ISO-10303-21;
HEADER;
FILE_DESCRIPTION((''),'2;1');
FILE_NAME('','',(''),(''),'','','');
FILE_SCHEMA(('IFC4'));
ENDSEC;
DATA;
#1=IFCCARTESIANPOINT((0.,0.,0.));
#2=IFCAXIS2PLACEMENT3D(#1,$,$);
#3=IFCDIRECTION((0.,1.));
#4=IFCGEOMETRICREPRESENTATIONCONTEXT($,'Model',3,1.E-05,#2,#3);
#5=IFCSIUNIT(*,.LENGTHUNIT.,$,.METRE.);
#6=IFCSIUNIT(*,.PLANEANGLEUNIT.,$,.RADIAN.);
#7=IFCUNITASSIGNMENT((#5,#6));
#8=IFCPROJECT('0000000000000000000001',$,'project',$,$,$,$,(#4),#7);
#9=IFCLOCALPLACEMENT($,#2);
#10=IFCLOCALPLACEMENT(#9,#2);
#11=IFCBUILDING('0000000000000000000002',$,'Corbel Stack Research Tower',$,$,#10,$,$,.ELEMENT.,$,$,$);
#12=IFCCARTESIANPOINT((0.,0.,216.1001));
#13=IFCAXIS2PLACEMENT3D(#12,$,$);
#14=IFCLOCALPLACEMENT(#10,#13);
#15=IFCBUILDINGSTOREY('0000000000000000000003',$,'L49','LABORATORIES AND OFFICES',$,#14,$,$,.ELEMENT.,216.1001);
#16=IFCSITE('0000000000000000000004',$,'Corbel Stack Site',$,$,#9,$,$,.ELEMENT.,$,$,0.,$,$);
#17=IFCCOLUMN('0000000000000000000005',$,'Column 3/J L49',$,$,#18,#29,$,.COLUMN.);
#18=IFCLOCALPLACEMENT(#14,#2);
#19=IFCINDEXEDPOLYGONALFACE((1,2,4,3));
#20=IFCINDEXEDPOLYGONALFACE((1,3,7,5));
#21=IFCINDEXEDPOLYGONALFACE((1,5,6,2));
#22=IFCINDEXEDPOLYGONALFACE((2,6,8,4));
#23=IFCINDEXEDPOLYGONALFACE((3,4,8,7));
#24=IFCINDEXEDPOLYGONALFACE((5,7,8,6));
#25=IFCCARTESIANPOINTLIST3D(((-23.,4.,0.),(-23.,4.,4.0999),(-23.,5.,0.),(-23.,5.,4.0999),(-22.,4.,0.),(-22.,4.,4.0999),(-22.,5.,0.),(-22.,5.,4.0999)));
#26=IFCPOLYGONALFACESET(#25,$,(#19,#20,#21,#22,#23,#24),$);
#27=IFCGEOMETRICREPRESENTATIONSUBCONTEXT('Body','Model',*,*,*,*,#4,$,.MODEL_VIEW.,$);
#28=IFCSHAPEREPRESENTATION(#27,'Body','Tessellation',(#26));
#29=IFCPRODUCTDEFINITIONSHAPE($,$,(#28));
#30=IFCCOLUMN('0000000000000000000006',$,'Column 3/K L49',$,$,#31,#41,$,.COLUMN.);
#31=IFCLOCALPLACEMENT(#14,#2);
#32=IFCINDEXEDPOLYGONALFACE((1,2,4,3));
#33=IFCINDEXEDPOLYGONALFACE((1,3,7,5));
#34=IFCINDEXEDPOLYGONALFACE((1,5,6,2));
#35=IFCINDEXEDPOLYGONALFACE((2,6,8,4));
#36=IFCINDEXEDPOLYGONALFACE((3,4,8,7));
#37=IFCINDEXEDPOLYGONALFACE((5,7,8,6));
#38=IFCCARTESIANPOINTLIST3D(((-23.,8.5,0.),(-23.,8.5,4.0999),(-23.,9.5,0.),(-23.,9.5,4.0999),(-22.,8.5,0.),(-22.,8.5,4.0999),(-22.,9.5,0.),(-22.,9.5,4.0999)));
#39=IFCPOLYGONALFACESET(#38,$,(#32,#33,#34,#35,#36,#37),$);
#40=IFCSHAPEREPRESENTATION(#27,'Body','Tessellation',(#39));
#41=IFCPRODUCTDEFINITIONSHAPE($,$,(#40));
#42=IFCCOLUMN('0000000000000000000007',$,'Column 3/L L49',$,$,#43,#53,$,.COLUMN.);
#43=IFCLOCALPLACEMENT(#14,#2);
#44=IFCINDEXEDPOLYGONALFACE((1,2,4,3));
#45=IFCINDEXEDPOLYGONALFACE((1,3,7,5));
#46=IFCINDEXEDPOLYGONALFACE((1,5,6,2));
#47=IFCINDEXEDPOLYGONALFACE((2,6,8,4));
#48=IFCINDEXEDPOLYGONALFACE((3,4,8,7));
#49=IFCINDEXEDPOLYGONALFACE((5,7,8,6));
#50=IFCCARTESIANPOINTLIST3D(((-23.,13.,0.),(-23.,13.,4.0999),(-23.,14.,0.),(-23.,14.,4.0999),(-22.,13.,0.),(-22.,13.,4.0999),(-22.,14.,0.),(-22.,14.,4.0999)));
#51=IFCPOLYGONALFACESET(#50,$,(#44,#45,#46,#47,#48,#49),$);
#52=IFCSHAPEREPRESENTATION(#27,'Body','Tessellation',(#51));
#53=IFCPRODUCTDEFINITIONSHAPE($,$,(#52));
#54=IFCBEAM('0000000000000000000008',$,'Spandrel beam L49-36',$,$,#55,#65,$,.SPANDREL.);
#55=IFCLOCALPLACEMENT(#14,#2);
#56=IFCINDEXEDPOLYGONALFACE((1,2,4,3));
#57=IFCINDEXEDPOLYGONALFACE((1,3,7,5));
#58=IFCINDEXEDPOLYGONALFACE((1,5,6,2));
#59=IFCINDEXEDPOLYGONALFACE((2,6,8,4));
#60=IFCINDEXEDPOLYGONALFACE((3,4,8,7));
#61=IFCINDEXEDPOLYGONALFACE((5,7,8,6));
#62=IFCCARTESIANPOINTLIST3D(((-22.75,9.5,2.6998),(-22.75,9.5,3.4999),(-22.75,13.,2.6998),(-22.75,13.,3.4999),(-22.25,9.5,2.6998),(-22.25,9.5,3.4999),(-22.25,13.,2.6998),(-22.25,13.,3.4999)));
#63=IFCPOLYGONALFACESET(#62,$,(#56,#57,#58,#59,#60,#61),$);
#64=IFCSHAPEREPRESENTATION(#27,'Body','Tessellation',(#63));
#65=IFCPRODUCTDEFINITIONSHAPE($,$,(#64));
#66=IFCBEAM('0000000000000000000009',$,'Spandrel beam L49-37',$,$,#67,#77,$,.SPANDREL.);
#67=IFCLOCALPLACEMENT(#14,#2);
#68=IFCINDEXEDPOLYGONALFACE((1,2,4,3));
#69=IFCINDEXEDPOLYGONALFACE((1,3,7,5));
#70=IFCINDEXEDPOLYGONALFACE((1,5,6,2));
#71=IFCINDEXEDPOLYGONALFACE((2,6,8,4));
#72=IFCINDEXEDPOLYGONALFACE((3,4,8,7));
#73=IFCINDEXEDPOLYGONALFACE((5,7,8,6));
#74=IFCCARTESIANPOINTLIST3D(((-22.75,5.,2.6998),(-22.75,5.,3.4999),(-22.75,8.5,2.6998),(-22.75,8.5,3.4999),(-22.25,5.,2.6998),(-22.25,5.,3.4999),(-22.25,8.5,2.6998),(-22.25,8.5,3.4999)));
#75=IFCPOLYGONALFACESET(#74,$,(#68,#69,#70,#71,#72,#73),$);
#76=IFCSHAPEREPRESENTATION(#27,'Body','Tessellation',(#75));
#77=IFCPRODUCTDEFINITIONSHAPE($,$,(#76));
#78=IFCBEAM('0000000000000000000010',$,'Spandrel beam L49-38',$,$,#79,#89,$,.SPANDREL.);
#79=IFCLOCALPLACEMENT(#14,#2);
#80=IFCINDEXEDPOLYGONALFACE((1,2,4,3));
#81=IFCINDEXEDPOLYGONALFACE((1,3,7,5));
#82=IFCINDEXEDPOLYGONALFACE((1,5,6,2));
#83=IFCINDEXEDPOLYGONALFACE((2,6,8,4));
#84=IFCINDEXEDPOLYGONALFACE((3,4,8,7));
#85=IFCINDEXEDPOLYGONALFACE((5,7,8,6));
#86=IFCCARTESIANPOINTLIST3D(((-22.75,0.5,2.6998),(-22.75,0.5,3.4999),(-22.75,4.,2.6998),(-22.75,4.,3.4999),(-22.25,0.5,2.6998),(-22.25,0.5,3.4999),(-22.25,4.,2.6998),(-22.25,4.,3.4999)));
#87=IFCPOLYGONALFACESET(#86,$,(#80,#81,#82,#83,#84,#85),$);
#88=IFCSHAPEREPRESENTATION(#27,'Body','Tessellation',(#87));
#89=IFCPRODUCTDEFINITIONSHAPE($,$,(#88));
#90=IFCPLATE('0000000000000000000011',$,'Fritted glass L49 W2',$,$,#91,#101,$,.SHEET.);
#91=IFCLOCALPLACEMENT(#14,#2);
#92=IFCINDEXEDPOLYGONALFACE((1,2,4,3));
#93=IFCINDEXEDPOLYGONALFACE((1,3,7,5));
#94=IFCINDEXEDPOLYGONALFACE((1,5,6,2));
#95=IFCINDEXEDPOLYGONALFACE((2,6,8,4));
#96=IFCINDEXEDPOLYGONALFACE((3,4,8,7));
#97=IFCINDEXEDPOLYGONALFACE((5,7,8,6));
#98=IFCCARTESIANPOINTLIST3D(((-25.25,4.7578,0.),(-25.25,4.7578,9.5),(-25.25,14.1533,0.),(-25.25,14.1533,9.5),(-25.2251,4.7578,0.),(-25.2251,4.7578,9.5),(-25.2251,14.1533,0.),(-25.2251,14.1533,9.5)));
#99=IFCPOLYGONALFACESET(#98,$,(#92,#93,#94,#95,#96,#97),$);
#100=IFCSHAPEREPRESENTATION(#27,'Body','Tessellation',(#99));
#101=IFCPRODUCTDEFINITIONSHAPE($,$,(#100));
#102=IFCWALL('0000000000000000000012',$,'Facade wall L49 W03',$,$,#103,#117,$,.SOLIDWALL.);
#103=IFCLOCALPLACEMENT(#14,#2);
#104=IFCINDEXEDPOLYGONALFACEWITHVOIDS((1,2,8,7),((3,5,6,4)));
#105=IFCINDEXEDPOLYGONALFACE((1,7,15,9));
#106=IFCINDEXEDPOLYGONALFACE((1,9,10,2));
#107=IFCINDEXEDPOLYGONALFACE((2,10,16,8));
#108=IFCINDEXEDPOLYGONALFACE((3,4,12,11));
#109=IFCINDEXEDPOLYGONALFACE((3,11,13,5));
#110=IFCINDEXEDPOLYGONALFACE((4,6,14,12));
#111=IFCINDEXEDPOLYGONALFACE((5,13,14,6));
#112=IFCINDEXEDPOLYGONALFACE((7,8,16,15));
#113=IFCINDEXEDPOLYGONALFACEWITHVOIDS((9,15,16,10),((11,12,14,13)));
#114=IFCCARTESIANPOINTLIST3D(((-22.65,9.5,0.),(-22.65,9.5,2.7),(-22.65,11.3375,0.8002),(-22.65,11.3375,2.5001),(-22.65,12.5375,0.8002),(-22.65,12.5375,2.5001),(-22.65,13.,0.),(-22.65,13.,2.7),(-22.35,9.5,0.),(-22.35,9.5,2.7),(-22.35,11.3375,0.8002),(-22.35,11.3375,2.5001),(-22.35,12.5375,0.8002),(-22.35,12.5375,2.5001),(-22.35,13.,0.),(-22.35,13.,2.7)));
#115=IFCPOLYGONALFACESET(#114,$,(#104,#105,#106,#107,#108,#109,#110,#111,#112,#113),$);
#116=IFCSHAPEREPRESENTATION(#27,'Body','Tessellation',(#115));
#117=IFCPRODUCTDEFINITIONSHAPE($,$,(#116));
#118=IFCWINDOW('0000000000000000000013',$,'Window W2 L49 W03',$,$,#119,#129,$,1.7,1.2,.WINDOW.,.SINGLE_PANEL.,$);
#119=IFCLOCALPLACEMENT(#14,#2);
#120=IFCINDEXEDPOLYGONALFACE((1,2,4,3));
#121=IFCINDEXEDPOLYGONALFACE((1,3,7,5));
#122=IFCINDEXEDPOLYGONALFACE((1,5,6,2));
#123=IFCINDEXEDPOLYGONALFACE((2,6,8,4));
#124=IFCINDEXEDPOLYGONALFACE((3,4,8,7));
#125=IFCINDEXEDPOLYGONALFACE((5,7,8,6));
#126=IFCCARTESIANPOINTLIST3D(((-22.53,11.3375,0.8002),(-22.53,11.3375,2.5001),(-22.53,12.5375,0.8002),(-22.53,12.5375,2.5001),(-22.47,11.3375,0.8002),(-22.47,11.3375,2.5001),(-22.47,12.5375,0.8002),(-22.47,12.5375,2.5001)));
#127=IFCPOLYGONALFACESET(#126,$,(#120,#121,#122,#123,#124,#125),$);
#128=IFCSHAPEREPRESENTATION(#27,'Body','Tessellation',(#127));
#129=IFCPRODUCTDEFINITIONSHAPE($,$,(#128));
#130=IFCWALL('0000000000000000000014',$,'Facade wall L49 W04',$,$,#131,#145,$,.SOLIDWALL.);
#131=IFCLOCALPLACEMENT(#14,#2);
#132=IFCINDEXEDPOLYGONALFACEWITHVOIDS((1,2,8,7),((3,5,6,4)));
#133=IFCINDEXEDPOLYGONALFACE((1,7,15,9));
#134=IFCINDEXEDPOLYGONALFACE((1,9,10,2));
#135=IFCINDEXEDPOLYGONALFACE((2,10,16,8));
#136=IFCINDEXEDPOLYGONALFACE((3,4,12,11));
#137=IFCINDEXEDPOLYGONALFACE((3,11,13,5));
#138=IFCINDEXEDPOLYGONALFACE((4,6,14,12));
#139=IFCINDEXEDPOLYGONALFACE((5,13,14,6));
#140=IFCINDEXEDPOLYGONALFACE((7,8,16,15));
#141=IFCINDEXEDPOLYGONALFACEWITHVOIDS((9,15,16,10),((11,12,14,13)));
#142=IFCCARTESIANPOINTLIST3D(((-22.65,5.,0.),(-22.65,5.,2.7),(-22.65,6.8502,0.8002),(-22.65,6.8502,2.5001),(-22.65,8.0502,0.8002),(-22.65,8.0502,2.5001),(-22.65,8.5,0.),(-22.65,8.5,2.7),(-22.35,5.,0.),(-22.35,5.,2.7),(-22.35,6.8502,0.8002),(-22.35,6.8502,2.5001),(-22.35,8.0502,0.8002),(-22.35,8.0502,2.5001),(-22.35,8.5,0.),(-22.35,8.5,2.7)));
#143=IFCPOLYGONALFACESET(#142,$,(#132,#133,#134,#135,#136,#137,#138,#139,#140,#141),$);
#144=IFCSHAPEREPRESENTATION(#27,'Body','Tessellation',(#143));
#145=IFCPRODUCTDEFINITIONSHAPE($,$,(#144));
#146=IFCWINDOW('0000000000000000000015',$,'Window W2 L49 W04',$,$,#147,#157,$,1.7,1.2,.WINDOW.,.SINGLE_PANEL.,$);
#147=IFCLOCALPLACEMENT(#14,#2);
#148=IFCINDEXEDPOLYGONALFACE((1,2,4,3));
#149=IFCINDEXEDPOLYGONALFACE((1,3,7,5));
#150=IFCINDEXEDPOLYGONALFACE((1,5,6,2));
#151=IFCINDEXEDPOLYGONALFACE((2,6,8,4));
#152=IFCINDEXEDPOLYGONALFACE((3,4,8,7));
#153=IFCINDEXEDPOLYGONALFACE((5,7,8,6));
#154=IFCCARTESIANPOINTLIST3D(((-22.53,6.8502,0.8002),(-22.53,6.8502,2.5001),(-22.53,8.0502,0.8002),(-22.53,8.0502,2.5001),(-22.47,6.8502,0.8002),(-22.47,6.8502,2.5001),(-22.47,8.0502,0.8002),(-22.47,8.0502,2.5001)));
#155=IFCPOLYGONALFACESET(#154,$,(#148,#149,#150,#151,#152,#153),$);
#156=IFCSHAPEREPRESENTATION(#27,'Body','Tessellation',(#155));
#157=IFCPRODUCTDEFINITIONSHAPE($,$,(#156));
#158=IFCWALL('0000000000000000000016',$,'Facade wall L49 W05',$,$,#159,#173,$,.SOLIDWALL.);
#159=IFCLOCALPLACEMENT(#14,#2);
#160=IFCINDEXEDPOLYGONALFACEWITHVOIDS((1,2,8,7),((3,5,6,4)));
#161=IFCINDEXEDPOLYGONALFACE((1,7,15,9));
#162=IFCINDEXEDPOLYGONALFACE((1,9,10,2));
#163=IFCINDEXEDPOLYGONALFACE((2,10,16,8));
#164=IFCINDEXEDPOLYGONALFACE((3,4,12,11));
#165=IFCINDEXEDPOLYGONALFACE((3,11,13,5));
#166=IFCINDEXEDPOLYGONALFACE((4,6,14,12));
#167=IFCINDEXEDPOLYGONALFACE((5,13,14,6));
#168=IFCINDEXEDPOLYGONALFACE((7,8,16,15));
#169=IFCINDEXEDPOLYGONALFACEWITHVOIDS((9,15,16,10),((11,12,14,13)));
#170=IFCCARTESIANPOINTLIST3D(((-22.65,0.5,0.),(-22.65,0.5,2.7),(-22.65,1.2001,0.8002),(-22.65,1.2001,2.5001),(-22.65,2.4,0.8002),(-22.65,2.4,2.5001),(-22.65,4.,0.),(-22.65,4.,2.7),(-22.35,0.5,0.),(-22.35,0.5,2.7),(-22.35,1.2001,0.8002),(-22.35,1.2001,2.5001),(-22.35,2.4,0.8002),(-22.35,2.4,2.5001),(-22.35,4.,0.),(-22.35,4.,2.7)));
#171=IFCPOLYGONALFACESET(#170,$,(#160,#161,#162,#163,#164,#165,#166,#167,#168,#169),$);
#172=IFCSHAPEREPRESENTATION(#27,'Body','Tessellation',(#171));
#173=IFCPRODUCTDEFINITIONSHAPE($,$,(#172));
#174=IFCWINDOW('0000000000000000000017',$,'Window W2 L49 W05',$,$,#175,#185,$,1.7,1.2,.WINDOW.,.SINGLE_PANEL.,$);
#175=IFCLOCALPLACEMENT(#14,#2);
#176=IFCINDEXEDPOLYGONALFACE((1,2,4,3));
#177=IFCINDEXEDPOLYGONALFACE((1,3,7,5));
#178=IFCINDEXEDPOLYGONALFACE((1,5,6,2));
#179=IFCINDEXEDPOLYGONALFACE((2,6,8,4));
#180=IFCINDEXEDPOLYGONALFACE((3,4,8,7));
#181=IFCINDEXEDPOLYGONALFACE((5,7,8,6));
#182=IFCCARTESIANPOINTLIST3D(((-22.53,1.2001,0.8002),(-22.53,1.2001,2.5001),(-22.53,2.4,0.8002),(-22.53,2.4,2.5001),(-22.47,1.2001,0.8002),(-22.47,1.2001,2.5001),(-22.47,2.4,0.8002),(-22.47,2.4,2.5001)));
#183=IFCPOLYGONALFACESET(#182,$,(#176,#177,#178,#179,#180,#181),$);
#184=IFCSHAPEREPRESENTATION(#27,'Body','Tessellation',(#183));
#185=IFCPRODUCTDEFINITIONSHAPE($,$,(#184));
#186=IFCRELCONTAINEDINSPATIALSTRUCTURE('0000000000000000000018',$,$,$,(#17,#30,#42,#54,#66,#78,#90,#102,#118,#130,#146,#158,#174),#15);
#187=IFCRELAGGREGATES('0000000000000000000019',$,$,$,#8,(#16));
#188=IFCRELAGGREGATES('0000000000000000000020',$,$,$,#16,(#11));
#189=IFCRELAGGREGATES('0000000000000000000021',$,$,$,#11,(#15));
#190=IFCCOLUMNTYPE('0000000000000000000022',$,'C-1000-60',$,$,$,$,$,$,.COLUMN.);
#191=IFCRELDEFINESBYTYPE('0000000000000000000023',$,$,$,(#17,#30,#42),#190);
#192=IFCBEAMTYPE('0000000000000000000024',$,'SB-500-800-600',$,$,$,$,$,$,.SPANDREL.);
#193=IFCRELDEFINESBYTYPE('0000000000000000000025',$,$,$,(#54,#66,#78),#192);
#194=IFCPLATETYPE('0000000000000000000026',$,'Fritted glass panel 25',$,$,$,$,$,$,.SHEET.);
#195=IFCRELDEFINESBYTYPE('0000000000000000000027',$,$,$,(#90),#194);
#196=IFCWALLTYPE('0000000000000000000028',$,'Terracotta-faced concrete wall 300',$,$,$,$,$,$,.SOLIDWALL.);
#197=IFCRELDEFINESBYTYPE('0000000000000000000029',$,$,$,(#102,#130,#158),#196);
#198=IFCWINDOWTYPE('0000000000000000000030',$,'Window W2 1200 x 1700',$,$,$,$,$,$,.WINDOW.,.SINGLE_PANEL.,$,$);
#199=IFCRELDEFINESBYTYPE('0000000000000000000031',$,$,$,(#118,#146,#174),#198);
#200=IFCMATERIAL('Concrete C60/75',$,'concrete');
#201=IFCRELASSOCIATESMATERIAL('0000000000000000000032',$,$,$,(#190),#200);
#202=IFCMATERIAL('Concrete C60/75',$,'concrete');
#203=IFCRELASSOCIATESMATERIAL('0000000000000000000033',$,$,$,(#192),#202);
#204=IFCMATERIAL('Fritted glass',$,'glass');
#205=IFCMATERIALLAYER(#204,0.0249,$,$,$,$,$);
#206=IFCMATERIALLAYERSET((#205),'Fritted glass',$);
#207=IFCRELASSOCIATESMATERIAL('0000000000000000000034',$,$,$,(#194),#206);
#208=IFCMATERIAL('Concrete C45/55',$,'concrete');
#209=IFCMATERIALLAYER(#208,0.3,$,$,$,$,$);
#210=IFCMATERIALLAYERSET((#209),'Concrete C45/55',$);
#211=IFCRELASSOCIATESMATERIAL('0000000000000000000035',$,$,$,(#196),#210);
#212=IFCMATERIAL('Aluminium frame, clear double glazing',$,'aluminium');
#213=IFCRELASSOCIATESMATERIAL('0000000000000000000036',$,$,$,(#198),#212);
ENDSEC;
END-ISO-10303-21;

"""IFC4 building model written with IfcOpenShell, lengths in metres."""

from ifc_helpers import new_model, si_unit, direction, frame, frame_2d, origin, origin_2d, place, context, subcontext, project, spatial, rectangle, extrude, material, layer, layer_set, material_profile, profile_set, type_object, element, fill, save


model = new_model("IFC4")

# Units and contexts
model_context = context("Model", 3, precision=1e-05, world=origin(), true_north=direction((0.0, 1.0)))
body_context = subcontext(model_context, "Body", "Model", "MODEL_VIEW")
ifc_project = project(units=[si_unit("LENGTHUNIT", "METRE"), si_unit("PLANEANGLEUNIT", "RADIAN")], contexts=[model_context])

# Site, building, storey
site_placement = place(None, origin())
site = spatial("IfcSite", under=ifc_project, at=site_placement, Name="Corbel Stack Site", CompositionType="ELEMENT", RefElevation=0.0)
building_placement = place(site_placement, origin())
building = spatial("IfcBuilding", under=site, at=building_placement, Name="Corbel Stack Research Tower", CompositionType="ELEMENT")
storey_placement = place(building_placement, frame((0.0, 0.0, 216.1001)))
storey = spatial("IfcBuildingStorey", under=building, at=storey_placement, Name="L49", Description="LABORATORIES AND OFFICES", CompositionType="ELEMENT", Elevation=216.1001)

# Columns
ifc_material_1 = material(Name="Concrete C60/75", Category="concrete")
ifc_material_profile_1 = material_profile(ifc_material_1, rectangle(XDim=1.0, YDim=1.0, at=origin_2d()), Name="RC 1000 x 1000")
ifc_profile_set_1 = profile_set([ifc_material_profile_1], Name="Concrete C60/75")
column_type = type_object("IfcColumnType", Name="C-1000-60", PredefinedType="COLUMN", material=ifc_profile_set_1)
for number, where, z_axis, x_axis, name in (
    (1, (-22.5, 4.5, 0.0), (0.0, 0.0, 1.0), (1.0, 0.0, 0.0), "Column 3/J L49"),
    (2, (-22.5, 9.0, 0.0), (0.0, 0.0, 1.0), (1.0, 0.0, 0.0), "Column 3/K L49"),
    (3, (-22.5, 13.5, 0.0), (0.0, 0.0, 1.0), (1.0, 0.0, 0.0), "Column 3/L L49"),
):
    element("IfcColumn", number, at=place(storey_placement, frame(where, z_axis=z_axis, x_axis=x_axis)), inside=storey, type_object=column_type, Name=name, PredefinedType="COLUMN", context=body_context, shape_type="SweptSolid", body=[
        extrude(rectangle(XDim=1.0, YDim=1.0, at=origin_2d()), origin(), (0.0, 0.0, 1.0), 4.0999),
    ])

# Beams
ifc_material_2 = material(Name="Concrete C60/75", Category="concrete")
ifc_material_profile_2 = material_profile(ifc_material_2, rectangle(XDim=0.5, YDim=0.8, at=origin_2d()), Name="RC 500 x 800")
ifc_profile_set_2 = profile_set([ifc_material_profile_2], Name="Concrete C60/75")
beam_type = type_object("IfcBeamType", Name="SB-500-800-600", PredefinedType="SPANDREL", material=ifc_profile_set_2)
for number, where, z_axis, x_axis, name in (
    (4, (-22.5, 13.0, 3.0999), (0.0, -1.0, 0.0), (1.0, 0.0, 0.0), "Spandrel beam L49-36"),
    (5, (-22.5, 8.5, 3.0999), (0.0, -1.0, 0.0), (1.0, 0.0, 0.0), "Spandrel beam L49-37"),
    (6, (-22.5, 4.0, 3.0999), (0.0, -1.0, 0.0), (1.0, 0.0, 0.0), "Spandrel beam L49-38"),
):
    element("IfcBeam", number, at=place(storey_placement, frame(where, z_axis=z_axis, x_axis=x_axis)), inside=storey, type_object=beam_type, Name=name, PredefinedType="SPANDREL", context=body_context, shape_type="SweptSolid", body=[
        extrude(rectangle(XDim=0.5, YDim=0.8, at=origin_2d()), origin(), (0.0, 0.0, 1.0), 3.5),
    ])

# Plate
ifc_material_3 = material(Name="Fritted glass", Category="glass")
ifc_layer_1 = layer(ifc_material_3, 0.0249)
ifc_layer_set_1 = layer_set([ifc_layer_1], Name="Fritted glass")
plate_type = type_object("IfcPlateType", Name="Fritted glass panel 25", PredefinedType="SHEET", material=ifc_layer_set_1)
plate_placement = place(storey_placement, frame((-25.2375, 9.4556, 0.0), z_axis=(0.0, 0.0, 1.0), x_axis=(0.0, -1.0, 0.0)))
element("IfcPlate", 7, at=plate_placement, inside=storey, type_object=plate_type, Name="Fritted glass L49 W2", PredefinedType="SHEET", context=body_context, shape_type="SweptSolid", body=[
    extrude(rectangle(XDim=9.3955, YDim=0.0249, at=origin_2d()), origin(), (0.0, 0.0, 1.0), 9.5),
])

# Walls, openings, windows
ifc_material_4 = material(Name="Concrete C45/55", Category="concrete")
ifc_layer_2 = layer(ifc_material_4, 0.3)
ifc_layer_set_2 = layer_set([ifc_layer_2], Name="Concrete C45/55")
wall_type = type_object("IfcWallType", Name="Terracotta-faced concrete wall 300", PredefinedType="SOLIDWALL", material=ifc_layer_set_2)
wall_1_placement = place(storey_placement, frame((-22.5, 9.5, 0.0), z_axis=(0.0, 0.0, 1.0), x_axis=(0.0, 1.0, 0.0)))
wall_1 = element("IfcWall", 8, at=wall_1_placement, inside=storey, type_object=wall_type, Name="Facade wall L49 W03", PredefinedType="SOLIDWALL", context=body_context, shape_type="SweptSolid", body=[
    extrude(rectangle(XDim=3.5, YDim=0.3, at=frame_2d((1.75, 0.0))), origin(), (0.0, 0.0, 1.0), 2.7),
])
opening_1_placement = place(wall_1_placement, frame((1.8374, 0.0, 0.8)))
opening_1 = element("IfcOpeningElement", 9, at=opening_1_placement, cuts=wall_1, PredefinedType="OPENING", context=body_context, shape_type="SweptSolid", body=[
    extrude(rectangle(XDim=1.2, YDim=1.7, at=frame_2d((0.6001, 0.8501))), frame((0.0, 0.1599, 0.0), z_axis=(0.0, -1.0, 0.0), x_axis=(1.0, 0.0, 0.0)), (0.0, 0.0, 1.0), 0.3201),
])
ifc_material_5 = material(Name="Aluminium frame, clear double glazing", Category="aluminium")
window_type = type_object("IfcWindowType", Name="Window W2 1200 x 1700", PartitioningType="SINGLE_PANEL", PredefinedType="WINDOW", material=ifc_material_5)
window_1_placement = place(opening_1_placement, origin())
window_1 = element("IfcWindow", 10, at=window_1_placement, inside=storey, type_object=window_type, Name="Window W2 L49 W03", OverallHeight=1.7, OverallWidth=1.2, PartitioningType="SINGLE_PANEL", PredefinedType="WINDOW", context=body_context, shape_type="SweptSolid", body=[
    extrude(rectangle(XDim=1.2, YDim=1.7, at=frame_2d((0.6001, 0.8501))), frame((0.0, 0.03, 0.0), z_axis=(0.0, -1.0, 0.0), x_axis=(1.0, 0.0, 0.0)), (0.0, 0.0, 1.0), 0.0601),
])
fill(opening_1, window_1)
wall_2_placement = place(storey_placement, frame((-22.5, 5.0, 0.0), z_axis=(0.0, 0.0, 1.0), x_axis=(0.0, 1.0, 0.0)))
wall_2 = element("IfcWall", 11, at=wall_2_placement, inside=storey, type_object=wall_type, Name="Facade wall L49 W04", PredefinedType="SOLIDWALL", context=body_context, shape_type="SweptSolid", body=[
    extrude(rectangle(XDim=3.5, YDim=0.3, at=frame_2d((1.75, 0.0))), origin(), (0.0, 0.0, 1.0), 2.7),
])
opening_2_placement = place(wall_2_placement, frame((1.8501, 0.0, 0.8)))
opening_2 = element("IfcOpeningElement", 12, at=opening_2_placement, cuts=wall_2, PredefinedType="OPENING", context=body_context, shape_type="SweptSolid", body=[
    extrude(rectangle(XDim=1.2, YDim=1.7, at=frame_2d((0.6001, 0.8501))), frame((0.0, 0.1599, 0.0), z_axis=(0.0, -1.0, 0.0), x_axis=(1.0, 0.0, 0.0)), (0.0, 0.0, 1.0), 0.3201),
])
window_2_placement = place(opening_2_placement, origin())
window_2 = element("IfcWindow", 13, at=window_2_placement, inside=storey, type_object=window_type, Name="Window W2 L49 W04", OverallHeight=1.7, OverallWidth=1.2, PartitioningType="SINGLE_PANEL", PredefinedType="WINDOW", context=body_context, shape_type="SweptSolid", body=[
    extrude(rectangle(XDim=1.2, YDim=1.7, at=frame_2d((0.6001, 0.8501))), frame((0.0, 0.03, 0.0), z_axis=(0.0, -1.0, 0.0), x_axis=(1.0, 0.0, 0.0)), (0.0, 0.0, 1.0), 0.0601),
])
fill(opening_2, window_2)
wall_3_placement = place(storey_placement, frame((-22.5, 0.5, 0.0), z_axis=(0.0, 0.0, 1.0), x_axis=(0.0, 1.0, 0.0)))
wall_3 = element("IfcWall", 14, at=wall_3_placement, inside=storey, type_object=wall_type, Name="Facade wall L49 W05", PredefinedType="SOLIDWALL", context=body_context, shape_type="SweptSolid", body=[
    extrude(rectangle(XDim=3.5, YDim=0.3, at=frame_2d((1.75, 0.0))), origin(), (0.0, 0.0, 1.0), 2.7),
])
opening_3_placement = place(wall_3_placement, frame((0.7, 0.0, 0.8)))
opening_3 = element("IfcOpeningElement", 15, at=opening_3_placement, cuts=wall_3, PredefinedType="OPENING", context=body_context, shape_type="SweptSolid", body=[
    extrude(rectangle(XDim=1.2, YDim=1.7, at=frame_2d((0.6001, 0.8501))), frame((0.0, 0.1599, 0.0), z_axis=(0.0, -1.0, 0.0), x_axis=(1.0, 0.0, 0.0)), (0.0, 0.0, 1.0), 0.3201),
])
window_3_placement = place(opening_3_placement, origin())
window_3 = element("IfcWindow", 16, at=window_3_placement, inside=storey, type_object=window_type, Name="Window W2 L49 W05", OverallHeight=1.7, OverallWidth=1.2, PartitioningType="SINGLE_PANEL", PredefinedType="WINDOW", context=body_context, shape_type="SweptSolid", body=[
    extrude(rectangle(XDim=1.2, YDim=1.7, at=frame_2d((0.6001, 0.8501))), frame((0.0, 0.03, 0.0), z_axis=(0.0, -1.0, 0.0), x_axis=(1.0, 0.0, 0.0)), (0.0, 0.0, 1.0), 0.0601),
])
fill(opening_3, window_3)

save(model, "model.ifc")
